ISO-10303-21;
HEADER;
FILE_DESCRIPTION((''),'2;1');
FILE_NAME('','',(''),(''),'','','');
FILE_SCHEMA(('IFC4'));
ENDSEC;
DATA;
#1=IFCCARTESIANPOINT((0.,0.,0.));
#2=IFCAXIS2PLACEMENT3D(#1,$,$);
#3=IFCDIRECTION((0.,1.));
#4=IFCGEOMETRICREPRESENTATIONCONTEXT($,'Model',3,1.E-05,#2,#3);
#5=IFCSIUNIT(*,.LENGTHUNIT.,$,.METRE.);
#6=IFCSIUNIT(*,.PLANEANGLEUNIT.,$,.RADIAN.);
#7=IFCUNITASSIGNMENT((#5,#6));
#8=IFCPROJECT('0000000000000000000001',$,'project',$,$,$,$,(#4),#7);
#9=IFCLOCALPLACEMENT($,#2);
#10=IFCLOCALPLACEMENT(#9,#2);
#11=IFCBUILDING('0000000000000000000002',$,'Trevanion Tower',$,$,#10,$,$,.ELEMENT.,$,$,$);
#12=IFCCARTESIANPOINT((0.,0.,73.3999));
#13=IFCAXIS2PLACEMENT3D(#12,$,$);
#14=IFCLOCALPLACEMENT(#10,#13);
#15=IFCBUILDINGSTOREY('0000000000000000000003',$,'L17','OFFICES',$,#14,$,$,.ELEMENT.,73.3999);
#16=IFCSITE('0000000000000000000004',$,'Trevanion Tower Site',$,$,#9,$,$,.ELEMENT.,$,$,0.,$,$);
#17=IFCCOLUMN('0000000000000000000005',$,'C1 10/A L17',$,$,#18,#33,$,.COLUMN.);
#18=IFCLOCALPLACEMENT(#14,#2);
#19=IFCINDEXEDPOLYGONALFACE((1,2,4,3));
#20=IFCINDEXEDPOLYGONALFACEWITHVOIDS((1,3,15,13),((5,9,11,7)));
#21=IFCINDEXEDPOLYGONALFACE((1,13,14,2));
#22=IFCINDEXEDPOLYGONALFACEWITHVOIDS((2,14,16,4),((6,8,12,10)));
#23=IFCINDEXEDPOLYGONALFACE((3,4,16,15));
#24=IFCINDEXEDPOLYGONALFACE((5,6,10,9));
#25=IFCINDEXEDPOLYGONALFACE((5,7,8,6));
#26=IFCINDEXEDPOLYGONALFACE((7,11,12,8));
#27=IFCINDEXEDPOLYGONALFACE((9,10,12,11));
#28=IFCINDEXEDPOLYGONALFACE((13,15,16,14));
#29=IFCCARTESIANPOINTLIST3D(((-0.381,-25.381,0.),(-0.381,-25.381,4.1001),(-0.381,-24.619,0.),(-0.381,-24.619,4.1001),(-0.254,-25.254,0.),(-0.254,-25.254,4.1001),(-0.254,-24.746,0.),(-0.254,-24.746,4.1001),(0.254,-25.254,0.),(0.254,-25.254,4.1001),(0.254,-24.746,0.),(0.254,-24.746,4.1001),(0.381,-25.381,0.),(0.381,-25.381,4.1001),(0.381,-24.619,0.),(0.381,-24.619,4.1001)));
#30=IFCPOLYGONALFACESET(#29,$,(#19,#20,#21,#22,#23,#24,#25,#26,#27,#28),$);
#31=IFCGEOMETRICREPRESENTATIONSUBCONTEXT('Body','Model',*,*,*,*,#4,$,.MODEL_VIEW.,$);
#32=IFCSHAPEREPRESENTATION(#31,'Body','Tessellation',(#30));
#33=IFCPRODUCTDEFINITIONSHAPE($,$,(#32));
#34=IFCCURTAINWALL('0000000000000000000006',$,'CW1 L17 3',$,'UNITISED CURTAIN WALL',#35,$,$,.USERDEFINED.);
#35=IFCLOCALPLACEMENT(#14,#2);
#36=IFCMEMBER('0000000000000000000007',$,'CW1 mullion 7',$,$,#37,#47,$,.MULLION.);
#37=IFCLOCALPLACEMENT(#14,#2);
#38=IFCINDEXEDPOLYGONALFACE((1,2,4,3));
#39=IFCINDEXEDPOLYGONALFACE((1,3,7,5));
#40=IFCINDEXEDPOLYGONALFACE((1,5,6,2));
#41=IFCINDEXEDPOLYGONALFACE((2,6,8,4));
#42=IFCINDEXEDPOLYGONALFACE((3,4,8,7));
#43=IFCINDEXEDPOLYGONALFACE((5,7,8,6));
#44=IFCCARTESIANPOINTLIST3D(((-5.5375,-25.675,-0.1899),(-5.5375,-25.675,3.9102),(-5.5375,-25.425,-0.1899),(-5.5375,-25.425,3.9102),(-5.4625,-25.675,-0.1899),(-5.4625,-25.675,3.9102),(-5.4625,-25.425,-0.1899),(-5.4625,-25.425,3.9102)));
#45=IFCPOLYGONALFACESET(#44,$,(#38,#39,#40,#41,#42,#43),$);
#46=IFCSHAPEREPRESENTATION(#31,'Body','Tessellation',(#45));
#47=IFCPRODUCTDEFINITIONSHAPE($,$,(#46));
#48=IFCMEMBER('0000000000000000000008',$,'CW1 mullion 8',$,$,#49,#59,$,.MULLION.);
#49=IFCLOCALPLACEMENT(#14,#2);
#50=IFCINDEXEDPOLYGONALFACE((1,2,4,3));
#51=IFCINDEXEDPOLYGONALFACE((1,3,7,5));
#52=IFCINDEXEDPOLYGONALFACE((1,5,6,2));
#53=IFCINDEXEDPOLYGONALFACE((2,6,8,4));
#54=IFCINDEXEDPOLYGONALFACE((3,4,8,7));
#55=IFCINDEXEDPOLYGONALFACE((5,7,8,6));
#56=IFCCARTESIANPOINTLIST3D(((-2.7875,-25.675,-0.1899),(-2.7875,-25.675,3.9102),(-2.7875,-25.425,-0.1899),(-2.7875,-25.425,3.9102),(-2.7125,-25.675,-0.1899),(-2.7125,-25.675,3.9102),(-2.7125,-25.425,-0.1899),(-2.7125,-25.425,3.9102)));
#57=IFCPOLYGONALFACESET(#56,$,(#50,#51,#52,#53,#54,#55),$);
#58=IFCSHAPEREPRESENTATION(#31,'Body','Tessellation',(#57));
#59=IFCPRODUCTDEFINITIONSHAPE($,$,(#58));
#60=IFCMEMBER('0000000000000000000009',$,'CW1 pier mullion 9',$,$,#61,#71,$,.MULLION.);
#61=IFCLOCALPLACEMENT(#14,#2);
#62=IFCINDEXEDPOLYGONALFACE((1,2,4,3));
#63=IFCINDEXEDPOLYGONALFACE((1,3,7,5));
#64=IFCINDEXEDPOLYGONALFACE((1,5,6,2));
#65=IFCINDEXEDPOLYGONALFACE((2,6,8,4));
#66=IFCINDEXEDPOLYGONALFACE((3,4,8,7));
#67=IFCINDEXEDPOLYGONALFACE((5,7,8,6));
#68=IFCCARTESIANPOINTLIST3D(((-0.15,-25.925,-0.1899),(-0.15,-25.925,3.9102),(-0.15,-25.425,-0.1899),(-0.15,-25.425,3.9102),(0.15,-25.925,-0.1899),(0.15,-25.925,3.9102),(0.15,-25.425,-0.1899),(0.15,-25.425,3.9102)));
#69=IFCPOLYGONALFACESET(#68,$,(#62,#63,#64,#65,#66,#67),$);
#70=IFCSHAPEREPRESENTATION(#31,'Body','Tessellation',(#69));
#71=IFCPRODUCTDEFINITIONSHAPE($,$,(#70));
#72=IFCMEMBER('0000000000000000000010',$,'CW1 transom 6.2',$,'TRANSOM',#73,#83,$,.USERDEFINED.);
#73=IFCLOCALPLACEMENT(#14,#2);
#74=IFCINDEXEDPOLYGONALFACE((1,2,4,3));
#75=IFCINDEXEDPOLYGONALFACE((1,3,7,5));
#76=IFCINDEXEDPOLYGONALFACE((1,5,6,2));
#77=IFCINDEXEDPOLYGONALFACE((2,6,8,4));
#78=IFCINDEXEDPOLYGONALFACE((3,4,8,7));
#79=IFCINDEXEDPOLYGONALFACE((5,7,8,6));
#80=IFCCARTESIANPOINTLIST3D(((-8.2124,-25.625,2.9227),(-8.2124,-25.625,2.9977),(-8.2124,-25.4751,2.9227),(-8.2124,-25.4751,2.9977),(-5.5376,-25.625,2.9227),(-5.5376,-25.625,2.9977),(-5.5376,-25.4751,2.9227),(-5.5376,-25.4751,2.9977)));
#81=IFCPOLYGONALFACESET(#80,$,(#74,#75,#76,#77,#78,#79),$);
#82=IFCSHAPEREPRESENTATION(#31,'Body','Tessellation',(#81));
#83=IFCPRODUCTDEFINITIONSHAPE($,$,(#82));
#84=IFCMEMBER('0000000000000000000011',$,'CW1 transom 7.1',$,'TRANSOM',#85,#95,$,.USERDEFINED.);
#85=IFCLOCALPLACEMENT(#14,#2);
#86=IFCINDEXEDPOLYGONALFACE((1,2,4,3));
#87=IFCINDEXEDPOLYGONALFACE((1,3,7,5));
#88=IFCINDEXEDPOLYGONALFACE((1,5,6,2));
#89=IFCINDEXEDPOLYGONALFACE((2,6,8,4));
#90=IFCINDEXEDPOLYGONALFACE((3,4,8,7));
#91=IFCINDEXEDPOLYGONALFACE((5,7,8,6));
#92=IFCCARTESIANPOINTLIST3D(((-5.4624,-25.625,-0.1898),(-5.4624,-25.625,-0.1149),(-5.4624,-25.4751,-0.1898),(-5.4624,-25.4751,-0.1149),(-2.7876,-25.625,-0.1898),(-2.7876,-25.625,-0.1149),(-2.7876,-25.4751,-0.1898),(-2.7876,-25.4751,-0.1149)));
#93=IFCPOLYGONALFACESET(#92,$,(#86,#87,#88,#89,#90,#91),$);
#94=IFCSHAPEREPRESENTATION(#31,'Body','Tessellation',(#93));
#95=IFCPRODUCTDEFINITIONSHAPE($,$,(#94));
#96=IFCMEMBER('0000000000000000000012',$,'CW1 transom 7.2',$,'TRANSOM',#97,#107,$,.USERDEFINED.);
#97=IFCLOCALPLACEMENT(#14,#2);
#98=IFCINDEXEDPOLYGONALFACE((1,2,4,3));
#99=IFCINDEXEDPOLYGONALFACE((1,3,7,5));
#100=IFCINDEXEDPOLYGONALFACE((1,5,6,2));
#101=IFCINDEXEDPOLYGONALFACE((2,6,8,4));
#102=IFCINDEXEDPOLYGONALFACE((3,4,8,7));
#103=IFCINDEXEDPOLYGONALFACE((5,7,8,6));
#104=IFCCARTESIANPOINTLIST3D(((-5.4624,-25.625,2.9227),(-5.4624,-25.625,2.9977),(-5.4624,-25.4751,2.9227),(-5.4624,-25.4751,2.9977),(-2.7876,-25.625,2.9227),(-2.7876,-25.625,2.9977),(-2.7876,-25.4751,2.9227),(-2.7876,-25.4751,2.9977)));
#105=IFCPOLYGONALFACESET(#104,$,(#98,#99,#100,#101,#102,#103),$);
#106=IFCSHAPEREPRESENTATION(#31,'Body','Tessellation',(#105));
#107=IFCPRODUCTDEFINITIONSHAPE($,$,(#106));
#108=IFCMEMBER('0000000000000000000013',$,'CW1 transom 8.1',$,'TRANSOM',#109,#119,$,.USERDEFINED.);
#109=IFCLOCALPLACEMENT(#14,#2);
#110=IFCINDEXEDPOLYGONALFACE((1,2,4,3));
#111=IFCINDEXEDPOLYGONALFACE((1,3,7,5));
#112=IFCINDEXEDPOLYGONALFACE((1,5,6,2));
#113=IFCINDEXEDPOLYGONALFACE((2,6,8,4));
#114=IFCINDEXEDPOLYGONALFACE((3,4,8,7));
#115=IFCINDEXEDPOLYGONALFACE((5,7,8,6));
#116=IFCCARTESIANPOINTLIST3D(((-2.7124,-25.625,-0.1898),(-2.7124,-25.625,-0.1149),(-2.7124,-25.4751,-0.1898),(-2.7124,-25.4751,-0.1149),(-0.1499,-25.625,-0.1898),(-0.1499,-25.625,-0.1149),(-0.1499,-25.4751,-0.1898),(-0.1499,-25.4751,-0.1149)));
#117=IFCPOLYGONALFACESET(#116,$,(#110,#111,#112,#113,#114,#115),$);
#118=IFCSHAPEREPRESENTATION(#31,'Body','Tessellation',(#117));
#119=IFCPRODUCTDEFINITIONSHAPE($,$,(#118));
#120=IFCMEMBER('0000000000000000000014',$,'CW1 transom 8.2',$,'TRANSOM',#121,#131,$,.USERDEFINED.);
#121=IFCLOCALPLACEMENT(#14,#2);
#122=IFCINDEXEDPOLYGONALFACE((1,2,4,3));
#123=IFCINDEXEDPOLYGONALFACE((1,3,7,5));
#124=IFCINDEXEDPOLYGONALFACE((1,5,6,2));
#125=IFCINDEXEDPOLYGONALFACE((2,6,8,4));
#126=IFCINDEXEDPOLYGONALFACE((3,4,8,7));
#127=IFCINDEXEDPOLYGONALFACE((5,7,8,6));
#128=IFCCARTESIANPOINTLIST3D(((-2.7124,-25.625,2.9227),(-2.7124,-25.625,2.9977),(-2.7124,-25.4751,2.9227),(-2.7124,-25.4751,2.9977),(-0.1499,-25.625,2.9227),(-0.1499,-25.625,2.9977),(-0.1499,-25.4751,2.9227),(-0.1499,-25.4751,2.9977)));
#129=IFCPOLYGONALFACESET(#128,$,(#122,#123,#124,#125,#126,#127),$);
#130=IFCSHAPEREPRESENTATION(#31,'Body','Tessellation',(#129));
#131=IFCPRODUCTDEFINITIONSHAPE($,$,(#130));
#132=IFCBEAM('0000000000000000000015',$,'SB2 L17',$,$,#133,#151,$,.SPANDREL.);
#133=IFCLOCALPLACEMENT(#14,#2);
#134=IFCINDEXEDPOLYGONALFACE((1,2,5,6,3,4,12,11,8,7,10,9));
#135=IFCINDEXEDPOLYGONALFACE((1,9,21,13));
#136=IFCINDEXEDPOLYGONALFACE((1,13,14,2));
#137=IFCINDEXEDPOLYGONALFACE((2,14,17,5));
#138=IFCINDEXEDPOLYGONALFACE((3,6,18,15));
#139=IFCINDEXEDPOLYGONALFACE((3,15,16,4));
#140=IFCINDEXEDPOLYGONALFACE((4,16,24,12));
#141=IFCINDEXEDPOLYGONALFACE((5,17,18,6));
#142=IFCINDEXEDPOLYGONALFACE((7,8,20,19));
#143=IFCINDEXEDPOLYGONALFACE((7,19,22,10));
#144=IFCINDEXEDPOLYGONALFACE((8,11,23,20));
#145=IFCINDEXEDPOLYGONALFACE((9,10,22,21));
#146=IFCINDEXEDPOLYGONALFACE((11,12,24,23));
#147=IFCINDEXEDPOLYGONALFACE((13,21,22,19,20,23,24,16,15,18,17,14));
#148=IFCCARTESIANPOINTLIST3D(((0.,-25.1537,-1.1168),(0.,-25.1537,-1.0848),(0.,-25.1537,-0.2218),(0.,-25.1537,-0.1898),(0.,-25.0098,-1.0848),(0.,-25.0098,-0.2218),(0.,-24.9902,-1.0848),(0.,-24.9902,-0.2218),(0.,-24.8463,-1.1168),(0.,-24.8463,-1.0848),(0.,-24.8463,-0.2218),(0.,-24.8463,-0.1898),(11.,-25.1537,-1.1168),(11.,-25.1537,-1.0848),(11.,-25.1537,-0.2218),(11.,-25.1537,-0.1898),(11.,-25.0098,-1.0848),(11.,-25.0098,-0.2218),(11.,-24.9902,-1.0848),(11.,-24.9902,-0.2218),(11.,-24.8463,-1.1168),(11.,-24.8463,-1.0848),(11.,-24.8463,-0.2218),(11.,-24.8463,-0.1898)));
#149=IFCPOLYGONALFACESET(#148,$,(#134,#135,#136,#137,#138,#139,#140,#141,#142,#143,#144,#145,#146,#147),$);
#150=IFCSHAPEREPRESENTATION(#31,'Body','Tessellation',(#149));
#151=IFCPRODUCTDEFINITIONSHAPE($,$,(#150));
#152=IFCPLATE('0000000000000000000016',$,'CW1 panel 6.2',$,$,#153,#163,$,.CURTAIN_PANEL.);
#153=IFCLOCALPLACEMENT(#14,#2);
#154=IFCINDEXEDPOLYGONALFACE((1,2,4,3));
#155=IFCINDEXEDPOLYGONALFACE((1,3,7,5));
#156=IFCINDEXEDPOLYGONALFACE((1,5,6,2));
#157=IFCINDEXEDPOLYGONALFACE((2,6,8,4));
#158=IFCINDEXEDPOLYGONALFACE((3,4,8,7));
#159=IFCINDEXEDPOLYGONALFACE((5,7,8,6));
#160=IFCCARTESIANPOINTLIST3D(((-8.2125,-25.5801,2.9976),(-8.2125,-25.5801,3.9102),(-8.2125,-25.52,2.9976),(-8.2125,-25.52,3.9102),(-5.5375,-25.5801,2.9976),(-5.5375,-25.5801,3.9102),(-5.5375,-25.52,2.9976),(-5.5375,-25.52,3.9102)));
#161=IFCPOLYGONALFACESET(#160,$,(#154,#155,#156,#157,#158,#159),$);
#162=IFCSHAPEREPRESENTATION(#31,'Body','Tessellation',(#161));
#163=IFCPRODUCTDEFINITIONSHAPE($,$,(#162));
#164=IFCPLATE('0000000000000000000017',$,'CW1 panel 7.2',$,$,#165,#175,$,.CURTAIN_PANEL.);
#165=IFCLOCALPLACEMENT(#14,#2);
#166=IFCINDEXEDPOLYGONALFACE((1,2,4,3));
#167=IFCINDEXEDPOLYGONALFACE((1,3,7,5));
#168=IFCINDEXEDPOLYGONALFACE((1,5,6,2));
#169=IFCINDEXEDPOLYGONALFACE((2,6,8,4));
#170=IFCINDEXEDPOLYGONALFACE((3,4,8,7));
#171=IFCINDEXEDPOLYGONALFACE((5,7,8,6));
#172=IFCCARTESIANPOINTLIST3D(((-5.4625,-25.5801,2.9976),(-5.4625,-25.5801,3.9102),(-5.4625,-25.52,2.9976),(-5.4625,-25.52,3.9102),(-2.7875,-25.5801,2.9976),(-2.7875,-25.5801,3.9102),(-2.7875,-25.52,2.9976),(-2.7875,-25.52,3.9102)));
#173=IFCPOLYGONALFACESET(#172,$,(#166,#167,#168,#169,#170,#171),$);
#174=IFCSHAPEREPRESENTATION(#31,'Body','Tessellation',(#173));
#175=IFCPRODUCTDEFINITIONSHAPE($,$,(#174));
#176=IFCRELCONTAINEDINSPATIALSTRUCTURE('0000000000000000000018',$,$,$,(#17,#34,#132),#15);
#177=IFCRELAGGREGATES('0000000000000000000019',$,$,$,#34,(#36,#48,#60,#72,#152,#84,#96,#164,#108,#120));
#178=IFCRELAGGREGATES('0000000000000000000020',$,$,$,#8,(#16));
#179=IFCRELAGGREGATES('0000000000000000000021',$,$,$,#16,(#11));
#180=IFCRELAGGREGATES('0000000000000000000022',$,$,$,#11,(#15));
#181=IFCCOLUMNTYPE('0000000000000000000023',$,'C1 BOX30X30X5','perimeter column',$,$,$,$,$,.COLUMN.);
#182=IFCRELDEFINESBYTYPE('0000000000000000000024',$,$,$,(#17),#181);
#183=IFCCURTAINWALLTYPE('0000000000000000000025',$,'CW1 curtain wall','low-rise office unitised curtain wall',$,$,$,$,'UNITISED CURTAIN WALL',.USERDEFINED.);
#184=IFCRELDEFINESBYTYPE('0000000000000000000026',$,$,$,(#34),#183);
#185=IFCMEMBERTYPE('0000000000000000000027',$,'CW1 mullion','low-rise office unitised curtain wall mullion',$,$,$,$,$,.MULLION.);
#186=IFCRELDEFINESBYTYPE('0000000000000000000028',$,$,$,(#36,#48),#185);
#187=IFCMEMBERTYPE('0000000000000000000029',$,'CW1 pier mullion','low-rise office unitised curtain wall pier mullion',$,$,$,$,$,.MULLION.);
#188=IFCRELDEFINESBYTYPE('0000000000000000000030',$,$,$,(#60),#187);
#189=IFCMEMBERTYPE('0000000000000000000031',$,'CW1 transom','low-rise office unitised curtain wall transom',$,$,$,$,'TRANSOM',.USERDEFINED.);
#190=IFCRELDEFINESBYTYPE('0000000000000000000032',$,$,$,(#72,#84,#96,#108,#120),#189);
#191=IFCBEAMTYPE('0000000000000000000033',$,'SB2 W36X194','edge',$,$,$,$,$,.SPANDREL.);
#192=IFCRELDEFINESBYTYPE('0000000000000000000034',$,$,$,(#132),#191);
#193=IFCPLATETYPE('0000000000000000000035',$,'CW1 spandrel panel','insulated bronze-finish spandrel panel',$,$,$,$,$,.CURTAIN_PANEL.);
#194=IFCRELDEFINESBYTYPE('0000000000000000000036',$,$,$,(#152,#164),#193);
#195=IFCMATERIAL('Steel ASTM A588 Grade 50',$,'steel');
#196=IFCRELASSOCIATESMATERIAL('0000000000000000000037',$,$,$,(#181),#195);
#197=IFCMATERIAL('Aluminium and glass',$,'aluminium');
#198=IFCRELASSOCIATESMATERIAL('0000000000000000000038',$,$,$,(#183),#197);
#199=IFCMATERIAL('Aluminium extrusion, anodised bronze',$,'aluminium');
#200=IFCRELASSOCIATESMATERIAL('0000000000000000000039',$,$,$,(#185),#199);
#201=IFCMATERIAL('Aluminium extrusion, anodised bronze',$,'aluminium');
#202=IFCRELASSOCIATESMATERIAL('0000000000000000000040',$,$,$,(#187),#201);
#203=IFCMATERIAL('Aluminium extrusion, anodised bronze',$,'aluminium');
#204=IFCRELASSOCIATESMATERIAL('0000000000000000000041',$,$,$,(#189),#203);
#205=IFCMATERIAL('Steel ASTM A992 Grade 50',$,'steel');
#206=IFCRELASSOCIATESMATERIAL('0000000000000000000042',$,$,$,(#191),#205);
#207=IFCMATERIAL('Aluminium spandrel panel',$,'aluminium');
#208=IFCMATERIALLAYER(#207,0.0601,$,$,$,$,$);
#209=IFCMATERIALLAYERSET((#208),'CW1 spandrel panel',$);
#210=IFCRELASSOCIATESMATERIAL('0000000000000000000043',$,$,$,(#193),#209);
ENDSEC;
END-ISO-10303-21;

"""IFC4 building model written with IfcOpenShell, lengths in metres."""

from ifc_helpers import new_model, si_unit, direction, frame, origin, origin_2d, place, context, subcontext, project, spatial, rectangle, hollow_rectangle, i_section, extrude, material, layer, layer_set, material_profile, profile_set, type_object, element, aggregate, save


model = new_model("IFC4")

# Units and contexts
model_context = context("Model", 3, precision=1e-05, world=origin(), true_north=direction((0.0, 1.0)))
body_context = subcontext(model_context, "Body", "Model", "MODEL_VIEW")
ifc_project = project(units=[si_unit("LENGTHUNIT", "METRE"), si_unit("PLANEANGLEUNIT", "RADIAN")], contexts=[model_context])

# Site, building, storey
site_placement = place(None, origin())
site = spatial("IfcSite", under=ifc_project, at=site_placement, Name="Trevanion Tower Site", CompositionType="ELEMENT", RefElevation=0.0)
building_placement = place(site_placement, origin())
building = spatial("IfcBuilding", under=site, at=building_placement, Name="Trevanion Tower", CompositionType="ELEMENT")
storey_placement = place(building_placement, frame((0.0, 0.0, 73.3999)))
storey = spatial("IfcBuildingStorey", under=building, at=storey_placement, Name="L17", Description="OFFICES", CompositionType="ELEMENT", Elevation=73.3999)

# Column
ifc_material_1 = material(Name="Steel ASTM A588 Grade 50", Category="steel")
ifc_material_profile_1 = material_profile(ifc_material_1, hollow_rectangle(XDim=0.762, YDim=0.762, WallThickness=0.127, at=origin_2d()), Name="BOX30X30X5")
ifc_profile_set_1 = profile_set([ifc_material_profile_1], Name="Steel ASTM A588 Grade 50")
column_type = type_object("IfcColumnType", Name="C1 BOX30X30X5", Description="perimeter column", PredefinedType="COLUMN", material=ifc_profile_set_1)
column_placement = place(storey_placement, frame((0.0, -25.0, 0.0), z_axis=(0.0, 0.0, 1.0), x_axis=(1.0, 0.0, 0.0)))
element("IfcColumn", 1, at=column_placement, inside=storey, type_object=column_type, Name="C1 10/A L17", PredefinedType="COLUMN", context=body_context, shape_type="SweptSolid", body=[
    extrude(hollow_rectangle(XDim=0.762, YDim=0.762, WallThickness=0.127, at=origin_2d()), origin(), (0.0, 0.0, 1.0), 4.1001),
])

# Curtain wall, members
ifc_material_2 = material(Name="Aluminium and glass", Category="aluminium")
curtain_wall_type = type_object("IfcCurtainWallType", Name="CW1 curtain wall", Description="low-rise office unitised curtain wall", ElementType="UNITISED CURTAIN WALL", PredefinedType="USERDEFINED", material=ifc_material_2)
curtain_wall_placement = place(storey_placement, origin())
curtain_wall = element("IfcCurtainWall", 2, at=curtain_wall_placement, inside=storey, type_object=curtain_wall_type, Name="CW1 L17 3", ObjectType="UNITISED CURTAIN WALL", PredefinedType="USERDEFINED")
ifc_material_3 = material(Name="Aluminium extrusion, anodised bronze", Category="aluminium")
ifc_material_profile_2 = material_profile(ifc_material_3, rectangle(XDim=0.075, YDim=0.25, at=origin_2d()), Name="CW1 mullion")
ifc_profile_set_2 = profile_set([ifc_material_profile_2], Name="Aluminium extrusion, anodised bronze")
member_type_1 = type_object("IfcMemberType", Name="CW1 mullion", Description="low-rise office unitised curtain wall mullion", PredefinedType="MULLION", material=ifc_profile_set_2)
member_1_placement = place(storey_placement, frame((-5.5, -25.55, -0.1899), z_axis=(0.0, 0.0, 1.0), x_axis=(1.0, 0.0, 0.0)))
member_1 = element("IfcMember", 3, at=member_1_placement, type_object=member_type_1, Name="CW1 mullion 7", PredefinedType="MULLION", context=body_context, shape_type="SweptSolid", body=[
    extrude(rectangle(XDim=0.075, YDim=0.25, at=origin_2d()), origin(), (0.0, 0.0, 1.0), 4.1001),
])
member_2_placement = place(storey_placement, frame((-2.75, -25.55, -0.1899), z_axis=(0.0, 0.0, 1.0), x_axis=(1.0, 0.0, 0.0)))
member_2 = element("IfcMember", 4, at=member_2_placement, type_object=member_type_1, Name="CW1 mullion 8", PredefinedType="MULLION", context=body_context, shape_type="SweptSolid", body=[
    extrude(rectangle(XDim=0.075, YDim=0.25, at=origin_2d()), origin(), (0.0, 0.0, 1.0), 4.1001),
])
ifc_material_4 = material(Name="Aluminium extrusion, anodised bronze", Category="aluminium")
ifc_material_profile_3 = material_profile(ifc_material_4, rectangle(XDim=0.3, YDim=0.5, at=origin_2d()), Name="CW1 pier mullion")
ifc_profile_set_3 = profile_set([ifc_material_profile_3], Name="Aluminium extrusion, anodised bronze")
member_type_2 = type_object("IfcMemberType", Name="CW1 pier mullion", Description="low-rise office unitised curtain wall pier mullion", PredefinedType="MULLION", material=ifc_profile_set_3)
member_3_placement = place(storey_placement, frame((0.0, -25.675, -0.1899), z_axis=(0.0, 0.0, 1.0), x_axis=(1.0, 0.0, 0.0)))
member_3 = element("IfcMember", 5, at=member_3_placement, type_object=member_type_2, Name="CW1 pier mullion 9", PredefinedType="MULLION", context=body_context, shape_type="SweptSolid", body=[
    extrude(rectangle(XDim=0.3, YDim=0.5, at=origin_2d()), origin(), (0.0, 0.0, 1.0), 4.1001),
])
ifc_material_5 = material(Name="Aluminium extrusion, anodised bronze", Category="aluminium")
ifc_material_profile_4 = material_profile(ifc_material_5, rectangle(XDim=0.1499, YDim=0.075, at=origin_2d()), Name="CW1 transom")
ifc_profile_set_4 = profile_set([ifc_material_profile_4], Name="Aluminium extrusion, anodised bronze")
member_type_3 = type_object("IfcMemberType", Name="CW1 transom", Description="low-rise office unitised curtain wall transom", ElementType="TRANSOM", PredefinedType="USERDEFINED", material=ifc_profile_set_4)
member_4_placement = place(storey_placement, frame((-8.2124, -25.55, 2.9602), z_axis=(1.0, 0.0, 0.0), x_axis=(0.0, 1.0, 0.0)))
member_4 = element("IfcMember", 6, at=member_4_placement, type_object=member_type_3, Name="CW1 transom 6.2", ObjectType="TRANSOM", PredefinedType="USERDEFINED", context=body_context, shape_type="SweptSolid", body=[
    extrude(rectangle(XDim=0.1499, YDim=0.075, at=origin_2d()), origin(), (0.0, 0.0, 1.0), 2.6748),
])
member_5_placement = place(storey_placement, frame((-5.4624, -25.55, -0.1523), z_axis=(1.0, 0.0, 0.0), x_axis=(0.0, 1.0, 0.0)))
member_5 = element("IfcMember", 7, at=member_5_placement, type_object=member_type_3, Name="CW1 transom 7.1", ObjectType="TRANSOM", PredefinedType="USERDEFINED", context=body_context, shape_type="SweptSolid", body=[
    extrude(rectangle(XDim=0.1499, YDim=0.075, at=origin_2d()), origin(), (0.0, 0.0, 1.0), 2.6748),
])
member_6_placement = place(storey_placement, frame((-5.4624, -25.55, 2.9602), z_axis=(1.0, 0.0, 0.0), x_axis=(0.0, 1.0, 0.0)))
member_6 = element("IfcMember", 8, at=member_6_placement, type_object=member_type_3, Name="CW1 transom 7.2", ObjectType="TRANSOM", PredefinedType="USERDEFINED", context=body_context, shape_type="SweptSolid", body=[
    extrude(rectangle(XDim=0.1499, YDim=0.075, at=origin_2d()), origin(), (0.0, 0.0, 1.0), 2.6748),
])
member_7_placement = place(storey_placement, frame((-2.7124, -25.55, -0.1523), z_axis=(1.0, 0.0, 0.0), x_axis=(0.0, 1.0, 0.0)))
member_7 = element("IfcMember", 9, at=member_7_placement, type_object=member_type_3, Name="CW1 transom 8.1", ObjectType="TRANSOM", PredefinedType="USERDEFINED", context=body_context, shape_type="SweptSolid", body=[
    extrude(rectangle(XDim=0.1499, YDim=0.075, at=origin_2d()), origin(), (0.0, 0.0, 1.0), 2.5625),
])
member_8_placement = place(storey_placement, frame((-2.7124, -25.55, 2.9602), z_axis=(1.0, 0.0, 0.0), x_axis=(0.0, 1.0, 0.0)))
member_8 = element("IfcMember", 10, at=member_8_placement, type_object=member_type_3, Name="CW1 transom 8.2", ObjectType="TRANSOM", PredefinedType="USERDEFINED", context=body_context, shape_type="SweptSolid", body=[
    extrude(rectangle(XDim=0.1499, YDim=0.075, at=origin_2d()), origin(), (0.0, 0.0, 1.0), 2.5625),
])

# Beam
ifc_material_6 = material(Name="Steel ASTM A992 Grade 50", Category="steel")
ifc_material_profile_5 = material_profile(ifc_material_6, i_section(OverallWidth=0.3074, OverallDepth=0.927, WebThickness=0.0195, FlangeThickness=0.032, at=origin_2d()), Name="W36X194")
ifc_profile_set_5 = profile_set([ifc_material_profile_5], Name="Steel ASTM A992 Grade 50")
beam_type = type_object("IfcBeamType", Name="SB2 W36X194", Description="edge", PredefinedType="SPANDREL", material=ifc_profile_set_5)
beam_placement = place(storey_placement, frame((0.0, -25.0, -0.6533), z_axis=(1.0, 0.0, 0.0), x_axis=(0.0, 1.0, 0.0)))
element("IfcBeam", 11, at=beam_placement, inside=storey, type_object=beam_type, Name="SB2 L17", PredefinedType="SPANDREL", context=body_context, shape_type="SweptSolid", body=[
    extrude(i_section(OverallWidth=0.3074, OverallDepth=0.927, WebThickness=0.0195, FlangeThickness=0.032, at=origin_2d()), origin(), (0.0, 0.0, 1.0), 11.0),
])

# Plates
ifc_material_7 = material(Name="Aluminium spandrel panel", Category="aluminium")
ifc_layer_1 = layer(ifc_material_7, 0.0601)
ifc_layer_set_1 = layer_set([ifc_layer_1], Name="CW1 spandrel panel")
plate_type_1 = type_object("IfcPlateType", Name="CW1 spandrel panel", Description="insulated bronze-finish spandrel panel", PredefinedType="CURTAIN_PANEL", material=ifc_layer_set_1)
plate_1_placement = place(storey_placement, frame((-6.875, -25.55, 2.9976), z_axis=(0.0, 0.0, 1.0), x_axis=(1.0, 0.0, 0.0)))
plate_1 = element("IfcPlate", 12, at=plate_1_placement, type_object=plate_type_1, Name="CW1 panel 6.2", PredefinedType="CURTAIN_PANEL", context=body_context, shape_type="SweptSolid", body=[
    extrude(rectangle(XDim=2.675, YDim=0.0601, at=origin_2d()), origin(), (0.0, 0.0, 1.0), 0.9126),
])
plate_2_placement = place(storey_placement, frame((-4.125, -25.55, 2.9976), z_axis=(0.0, 0.0, 1.0), x_axis=(1.0, 0.0, 0.0)))
plate_2 = element("IfcPlate", 13, at=plate_2_placement, type_object=plate_type_1, Name="CW1 panel 7.2", PredefinedType="CURTAIN_PANEL", context=body_context, shape_type="SweptSolid", body=[
    extrude(rectangle(XDim=2.675, YDim=0.0601, at=origin_2d()), origin(), (0.0, 0.0, 1.0), 0.9126),
])
aggregate(curtain_wall, [member_1, member_2, member_3, member_4, plate_1, member_5, member_6, plate_2, member_7, member_8])

save(model, "model.ifc")
